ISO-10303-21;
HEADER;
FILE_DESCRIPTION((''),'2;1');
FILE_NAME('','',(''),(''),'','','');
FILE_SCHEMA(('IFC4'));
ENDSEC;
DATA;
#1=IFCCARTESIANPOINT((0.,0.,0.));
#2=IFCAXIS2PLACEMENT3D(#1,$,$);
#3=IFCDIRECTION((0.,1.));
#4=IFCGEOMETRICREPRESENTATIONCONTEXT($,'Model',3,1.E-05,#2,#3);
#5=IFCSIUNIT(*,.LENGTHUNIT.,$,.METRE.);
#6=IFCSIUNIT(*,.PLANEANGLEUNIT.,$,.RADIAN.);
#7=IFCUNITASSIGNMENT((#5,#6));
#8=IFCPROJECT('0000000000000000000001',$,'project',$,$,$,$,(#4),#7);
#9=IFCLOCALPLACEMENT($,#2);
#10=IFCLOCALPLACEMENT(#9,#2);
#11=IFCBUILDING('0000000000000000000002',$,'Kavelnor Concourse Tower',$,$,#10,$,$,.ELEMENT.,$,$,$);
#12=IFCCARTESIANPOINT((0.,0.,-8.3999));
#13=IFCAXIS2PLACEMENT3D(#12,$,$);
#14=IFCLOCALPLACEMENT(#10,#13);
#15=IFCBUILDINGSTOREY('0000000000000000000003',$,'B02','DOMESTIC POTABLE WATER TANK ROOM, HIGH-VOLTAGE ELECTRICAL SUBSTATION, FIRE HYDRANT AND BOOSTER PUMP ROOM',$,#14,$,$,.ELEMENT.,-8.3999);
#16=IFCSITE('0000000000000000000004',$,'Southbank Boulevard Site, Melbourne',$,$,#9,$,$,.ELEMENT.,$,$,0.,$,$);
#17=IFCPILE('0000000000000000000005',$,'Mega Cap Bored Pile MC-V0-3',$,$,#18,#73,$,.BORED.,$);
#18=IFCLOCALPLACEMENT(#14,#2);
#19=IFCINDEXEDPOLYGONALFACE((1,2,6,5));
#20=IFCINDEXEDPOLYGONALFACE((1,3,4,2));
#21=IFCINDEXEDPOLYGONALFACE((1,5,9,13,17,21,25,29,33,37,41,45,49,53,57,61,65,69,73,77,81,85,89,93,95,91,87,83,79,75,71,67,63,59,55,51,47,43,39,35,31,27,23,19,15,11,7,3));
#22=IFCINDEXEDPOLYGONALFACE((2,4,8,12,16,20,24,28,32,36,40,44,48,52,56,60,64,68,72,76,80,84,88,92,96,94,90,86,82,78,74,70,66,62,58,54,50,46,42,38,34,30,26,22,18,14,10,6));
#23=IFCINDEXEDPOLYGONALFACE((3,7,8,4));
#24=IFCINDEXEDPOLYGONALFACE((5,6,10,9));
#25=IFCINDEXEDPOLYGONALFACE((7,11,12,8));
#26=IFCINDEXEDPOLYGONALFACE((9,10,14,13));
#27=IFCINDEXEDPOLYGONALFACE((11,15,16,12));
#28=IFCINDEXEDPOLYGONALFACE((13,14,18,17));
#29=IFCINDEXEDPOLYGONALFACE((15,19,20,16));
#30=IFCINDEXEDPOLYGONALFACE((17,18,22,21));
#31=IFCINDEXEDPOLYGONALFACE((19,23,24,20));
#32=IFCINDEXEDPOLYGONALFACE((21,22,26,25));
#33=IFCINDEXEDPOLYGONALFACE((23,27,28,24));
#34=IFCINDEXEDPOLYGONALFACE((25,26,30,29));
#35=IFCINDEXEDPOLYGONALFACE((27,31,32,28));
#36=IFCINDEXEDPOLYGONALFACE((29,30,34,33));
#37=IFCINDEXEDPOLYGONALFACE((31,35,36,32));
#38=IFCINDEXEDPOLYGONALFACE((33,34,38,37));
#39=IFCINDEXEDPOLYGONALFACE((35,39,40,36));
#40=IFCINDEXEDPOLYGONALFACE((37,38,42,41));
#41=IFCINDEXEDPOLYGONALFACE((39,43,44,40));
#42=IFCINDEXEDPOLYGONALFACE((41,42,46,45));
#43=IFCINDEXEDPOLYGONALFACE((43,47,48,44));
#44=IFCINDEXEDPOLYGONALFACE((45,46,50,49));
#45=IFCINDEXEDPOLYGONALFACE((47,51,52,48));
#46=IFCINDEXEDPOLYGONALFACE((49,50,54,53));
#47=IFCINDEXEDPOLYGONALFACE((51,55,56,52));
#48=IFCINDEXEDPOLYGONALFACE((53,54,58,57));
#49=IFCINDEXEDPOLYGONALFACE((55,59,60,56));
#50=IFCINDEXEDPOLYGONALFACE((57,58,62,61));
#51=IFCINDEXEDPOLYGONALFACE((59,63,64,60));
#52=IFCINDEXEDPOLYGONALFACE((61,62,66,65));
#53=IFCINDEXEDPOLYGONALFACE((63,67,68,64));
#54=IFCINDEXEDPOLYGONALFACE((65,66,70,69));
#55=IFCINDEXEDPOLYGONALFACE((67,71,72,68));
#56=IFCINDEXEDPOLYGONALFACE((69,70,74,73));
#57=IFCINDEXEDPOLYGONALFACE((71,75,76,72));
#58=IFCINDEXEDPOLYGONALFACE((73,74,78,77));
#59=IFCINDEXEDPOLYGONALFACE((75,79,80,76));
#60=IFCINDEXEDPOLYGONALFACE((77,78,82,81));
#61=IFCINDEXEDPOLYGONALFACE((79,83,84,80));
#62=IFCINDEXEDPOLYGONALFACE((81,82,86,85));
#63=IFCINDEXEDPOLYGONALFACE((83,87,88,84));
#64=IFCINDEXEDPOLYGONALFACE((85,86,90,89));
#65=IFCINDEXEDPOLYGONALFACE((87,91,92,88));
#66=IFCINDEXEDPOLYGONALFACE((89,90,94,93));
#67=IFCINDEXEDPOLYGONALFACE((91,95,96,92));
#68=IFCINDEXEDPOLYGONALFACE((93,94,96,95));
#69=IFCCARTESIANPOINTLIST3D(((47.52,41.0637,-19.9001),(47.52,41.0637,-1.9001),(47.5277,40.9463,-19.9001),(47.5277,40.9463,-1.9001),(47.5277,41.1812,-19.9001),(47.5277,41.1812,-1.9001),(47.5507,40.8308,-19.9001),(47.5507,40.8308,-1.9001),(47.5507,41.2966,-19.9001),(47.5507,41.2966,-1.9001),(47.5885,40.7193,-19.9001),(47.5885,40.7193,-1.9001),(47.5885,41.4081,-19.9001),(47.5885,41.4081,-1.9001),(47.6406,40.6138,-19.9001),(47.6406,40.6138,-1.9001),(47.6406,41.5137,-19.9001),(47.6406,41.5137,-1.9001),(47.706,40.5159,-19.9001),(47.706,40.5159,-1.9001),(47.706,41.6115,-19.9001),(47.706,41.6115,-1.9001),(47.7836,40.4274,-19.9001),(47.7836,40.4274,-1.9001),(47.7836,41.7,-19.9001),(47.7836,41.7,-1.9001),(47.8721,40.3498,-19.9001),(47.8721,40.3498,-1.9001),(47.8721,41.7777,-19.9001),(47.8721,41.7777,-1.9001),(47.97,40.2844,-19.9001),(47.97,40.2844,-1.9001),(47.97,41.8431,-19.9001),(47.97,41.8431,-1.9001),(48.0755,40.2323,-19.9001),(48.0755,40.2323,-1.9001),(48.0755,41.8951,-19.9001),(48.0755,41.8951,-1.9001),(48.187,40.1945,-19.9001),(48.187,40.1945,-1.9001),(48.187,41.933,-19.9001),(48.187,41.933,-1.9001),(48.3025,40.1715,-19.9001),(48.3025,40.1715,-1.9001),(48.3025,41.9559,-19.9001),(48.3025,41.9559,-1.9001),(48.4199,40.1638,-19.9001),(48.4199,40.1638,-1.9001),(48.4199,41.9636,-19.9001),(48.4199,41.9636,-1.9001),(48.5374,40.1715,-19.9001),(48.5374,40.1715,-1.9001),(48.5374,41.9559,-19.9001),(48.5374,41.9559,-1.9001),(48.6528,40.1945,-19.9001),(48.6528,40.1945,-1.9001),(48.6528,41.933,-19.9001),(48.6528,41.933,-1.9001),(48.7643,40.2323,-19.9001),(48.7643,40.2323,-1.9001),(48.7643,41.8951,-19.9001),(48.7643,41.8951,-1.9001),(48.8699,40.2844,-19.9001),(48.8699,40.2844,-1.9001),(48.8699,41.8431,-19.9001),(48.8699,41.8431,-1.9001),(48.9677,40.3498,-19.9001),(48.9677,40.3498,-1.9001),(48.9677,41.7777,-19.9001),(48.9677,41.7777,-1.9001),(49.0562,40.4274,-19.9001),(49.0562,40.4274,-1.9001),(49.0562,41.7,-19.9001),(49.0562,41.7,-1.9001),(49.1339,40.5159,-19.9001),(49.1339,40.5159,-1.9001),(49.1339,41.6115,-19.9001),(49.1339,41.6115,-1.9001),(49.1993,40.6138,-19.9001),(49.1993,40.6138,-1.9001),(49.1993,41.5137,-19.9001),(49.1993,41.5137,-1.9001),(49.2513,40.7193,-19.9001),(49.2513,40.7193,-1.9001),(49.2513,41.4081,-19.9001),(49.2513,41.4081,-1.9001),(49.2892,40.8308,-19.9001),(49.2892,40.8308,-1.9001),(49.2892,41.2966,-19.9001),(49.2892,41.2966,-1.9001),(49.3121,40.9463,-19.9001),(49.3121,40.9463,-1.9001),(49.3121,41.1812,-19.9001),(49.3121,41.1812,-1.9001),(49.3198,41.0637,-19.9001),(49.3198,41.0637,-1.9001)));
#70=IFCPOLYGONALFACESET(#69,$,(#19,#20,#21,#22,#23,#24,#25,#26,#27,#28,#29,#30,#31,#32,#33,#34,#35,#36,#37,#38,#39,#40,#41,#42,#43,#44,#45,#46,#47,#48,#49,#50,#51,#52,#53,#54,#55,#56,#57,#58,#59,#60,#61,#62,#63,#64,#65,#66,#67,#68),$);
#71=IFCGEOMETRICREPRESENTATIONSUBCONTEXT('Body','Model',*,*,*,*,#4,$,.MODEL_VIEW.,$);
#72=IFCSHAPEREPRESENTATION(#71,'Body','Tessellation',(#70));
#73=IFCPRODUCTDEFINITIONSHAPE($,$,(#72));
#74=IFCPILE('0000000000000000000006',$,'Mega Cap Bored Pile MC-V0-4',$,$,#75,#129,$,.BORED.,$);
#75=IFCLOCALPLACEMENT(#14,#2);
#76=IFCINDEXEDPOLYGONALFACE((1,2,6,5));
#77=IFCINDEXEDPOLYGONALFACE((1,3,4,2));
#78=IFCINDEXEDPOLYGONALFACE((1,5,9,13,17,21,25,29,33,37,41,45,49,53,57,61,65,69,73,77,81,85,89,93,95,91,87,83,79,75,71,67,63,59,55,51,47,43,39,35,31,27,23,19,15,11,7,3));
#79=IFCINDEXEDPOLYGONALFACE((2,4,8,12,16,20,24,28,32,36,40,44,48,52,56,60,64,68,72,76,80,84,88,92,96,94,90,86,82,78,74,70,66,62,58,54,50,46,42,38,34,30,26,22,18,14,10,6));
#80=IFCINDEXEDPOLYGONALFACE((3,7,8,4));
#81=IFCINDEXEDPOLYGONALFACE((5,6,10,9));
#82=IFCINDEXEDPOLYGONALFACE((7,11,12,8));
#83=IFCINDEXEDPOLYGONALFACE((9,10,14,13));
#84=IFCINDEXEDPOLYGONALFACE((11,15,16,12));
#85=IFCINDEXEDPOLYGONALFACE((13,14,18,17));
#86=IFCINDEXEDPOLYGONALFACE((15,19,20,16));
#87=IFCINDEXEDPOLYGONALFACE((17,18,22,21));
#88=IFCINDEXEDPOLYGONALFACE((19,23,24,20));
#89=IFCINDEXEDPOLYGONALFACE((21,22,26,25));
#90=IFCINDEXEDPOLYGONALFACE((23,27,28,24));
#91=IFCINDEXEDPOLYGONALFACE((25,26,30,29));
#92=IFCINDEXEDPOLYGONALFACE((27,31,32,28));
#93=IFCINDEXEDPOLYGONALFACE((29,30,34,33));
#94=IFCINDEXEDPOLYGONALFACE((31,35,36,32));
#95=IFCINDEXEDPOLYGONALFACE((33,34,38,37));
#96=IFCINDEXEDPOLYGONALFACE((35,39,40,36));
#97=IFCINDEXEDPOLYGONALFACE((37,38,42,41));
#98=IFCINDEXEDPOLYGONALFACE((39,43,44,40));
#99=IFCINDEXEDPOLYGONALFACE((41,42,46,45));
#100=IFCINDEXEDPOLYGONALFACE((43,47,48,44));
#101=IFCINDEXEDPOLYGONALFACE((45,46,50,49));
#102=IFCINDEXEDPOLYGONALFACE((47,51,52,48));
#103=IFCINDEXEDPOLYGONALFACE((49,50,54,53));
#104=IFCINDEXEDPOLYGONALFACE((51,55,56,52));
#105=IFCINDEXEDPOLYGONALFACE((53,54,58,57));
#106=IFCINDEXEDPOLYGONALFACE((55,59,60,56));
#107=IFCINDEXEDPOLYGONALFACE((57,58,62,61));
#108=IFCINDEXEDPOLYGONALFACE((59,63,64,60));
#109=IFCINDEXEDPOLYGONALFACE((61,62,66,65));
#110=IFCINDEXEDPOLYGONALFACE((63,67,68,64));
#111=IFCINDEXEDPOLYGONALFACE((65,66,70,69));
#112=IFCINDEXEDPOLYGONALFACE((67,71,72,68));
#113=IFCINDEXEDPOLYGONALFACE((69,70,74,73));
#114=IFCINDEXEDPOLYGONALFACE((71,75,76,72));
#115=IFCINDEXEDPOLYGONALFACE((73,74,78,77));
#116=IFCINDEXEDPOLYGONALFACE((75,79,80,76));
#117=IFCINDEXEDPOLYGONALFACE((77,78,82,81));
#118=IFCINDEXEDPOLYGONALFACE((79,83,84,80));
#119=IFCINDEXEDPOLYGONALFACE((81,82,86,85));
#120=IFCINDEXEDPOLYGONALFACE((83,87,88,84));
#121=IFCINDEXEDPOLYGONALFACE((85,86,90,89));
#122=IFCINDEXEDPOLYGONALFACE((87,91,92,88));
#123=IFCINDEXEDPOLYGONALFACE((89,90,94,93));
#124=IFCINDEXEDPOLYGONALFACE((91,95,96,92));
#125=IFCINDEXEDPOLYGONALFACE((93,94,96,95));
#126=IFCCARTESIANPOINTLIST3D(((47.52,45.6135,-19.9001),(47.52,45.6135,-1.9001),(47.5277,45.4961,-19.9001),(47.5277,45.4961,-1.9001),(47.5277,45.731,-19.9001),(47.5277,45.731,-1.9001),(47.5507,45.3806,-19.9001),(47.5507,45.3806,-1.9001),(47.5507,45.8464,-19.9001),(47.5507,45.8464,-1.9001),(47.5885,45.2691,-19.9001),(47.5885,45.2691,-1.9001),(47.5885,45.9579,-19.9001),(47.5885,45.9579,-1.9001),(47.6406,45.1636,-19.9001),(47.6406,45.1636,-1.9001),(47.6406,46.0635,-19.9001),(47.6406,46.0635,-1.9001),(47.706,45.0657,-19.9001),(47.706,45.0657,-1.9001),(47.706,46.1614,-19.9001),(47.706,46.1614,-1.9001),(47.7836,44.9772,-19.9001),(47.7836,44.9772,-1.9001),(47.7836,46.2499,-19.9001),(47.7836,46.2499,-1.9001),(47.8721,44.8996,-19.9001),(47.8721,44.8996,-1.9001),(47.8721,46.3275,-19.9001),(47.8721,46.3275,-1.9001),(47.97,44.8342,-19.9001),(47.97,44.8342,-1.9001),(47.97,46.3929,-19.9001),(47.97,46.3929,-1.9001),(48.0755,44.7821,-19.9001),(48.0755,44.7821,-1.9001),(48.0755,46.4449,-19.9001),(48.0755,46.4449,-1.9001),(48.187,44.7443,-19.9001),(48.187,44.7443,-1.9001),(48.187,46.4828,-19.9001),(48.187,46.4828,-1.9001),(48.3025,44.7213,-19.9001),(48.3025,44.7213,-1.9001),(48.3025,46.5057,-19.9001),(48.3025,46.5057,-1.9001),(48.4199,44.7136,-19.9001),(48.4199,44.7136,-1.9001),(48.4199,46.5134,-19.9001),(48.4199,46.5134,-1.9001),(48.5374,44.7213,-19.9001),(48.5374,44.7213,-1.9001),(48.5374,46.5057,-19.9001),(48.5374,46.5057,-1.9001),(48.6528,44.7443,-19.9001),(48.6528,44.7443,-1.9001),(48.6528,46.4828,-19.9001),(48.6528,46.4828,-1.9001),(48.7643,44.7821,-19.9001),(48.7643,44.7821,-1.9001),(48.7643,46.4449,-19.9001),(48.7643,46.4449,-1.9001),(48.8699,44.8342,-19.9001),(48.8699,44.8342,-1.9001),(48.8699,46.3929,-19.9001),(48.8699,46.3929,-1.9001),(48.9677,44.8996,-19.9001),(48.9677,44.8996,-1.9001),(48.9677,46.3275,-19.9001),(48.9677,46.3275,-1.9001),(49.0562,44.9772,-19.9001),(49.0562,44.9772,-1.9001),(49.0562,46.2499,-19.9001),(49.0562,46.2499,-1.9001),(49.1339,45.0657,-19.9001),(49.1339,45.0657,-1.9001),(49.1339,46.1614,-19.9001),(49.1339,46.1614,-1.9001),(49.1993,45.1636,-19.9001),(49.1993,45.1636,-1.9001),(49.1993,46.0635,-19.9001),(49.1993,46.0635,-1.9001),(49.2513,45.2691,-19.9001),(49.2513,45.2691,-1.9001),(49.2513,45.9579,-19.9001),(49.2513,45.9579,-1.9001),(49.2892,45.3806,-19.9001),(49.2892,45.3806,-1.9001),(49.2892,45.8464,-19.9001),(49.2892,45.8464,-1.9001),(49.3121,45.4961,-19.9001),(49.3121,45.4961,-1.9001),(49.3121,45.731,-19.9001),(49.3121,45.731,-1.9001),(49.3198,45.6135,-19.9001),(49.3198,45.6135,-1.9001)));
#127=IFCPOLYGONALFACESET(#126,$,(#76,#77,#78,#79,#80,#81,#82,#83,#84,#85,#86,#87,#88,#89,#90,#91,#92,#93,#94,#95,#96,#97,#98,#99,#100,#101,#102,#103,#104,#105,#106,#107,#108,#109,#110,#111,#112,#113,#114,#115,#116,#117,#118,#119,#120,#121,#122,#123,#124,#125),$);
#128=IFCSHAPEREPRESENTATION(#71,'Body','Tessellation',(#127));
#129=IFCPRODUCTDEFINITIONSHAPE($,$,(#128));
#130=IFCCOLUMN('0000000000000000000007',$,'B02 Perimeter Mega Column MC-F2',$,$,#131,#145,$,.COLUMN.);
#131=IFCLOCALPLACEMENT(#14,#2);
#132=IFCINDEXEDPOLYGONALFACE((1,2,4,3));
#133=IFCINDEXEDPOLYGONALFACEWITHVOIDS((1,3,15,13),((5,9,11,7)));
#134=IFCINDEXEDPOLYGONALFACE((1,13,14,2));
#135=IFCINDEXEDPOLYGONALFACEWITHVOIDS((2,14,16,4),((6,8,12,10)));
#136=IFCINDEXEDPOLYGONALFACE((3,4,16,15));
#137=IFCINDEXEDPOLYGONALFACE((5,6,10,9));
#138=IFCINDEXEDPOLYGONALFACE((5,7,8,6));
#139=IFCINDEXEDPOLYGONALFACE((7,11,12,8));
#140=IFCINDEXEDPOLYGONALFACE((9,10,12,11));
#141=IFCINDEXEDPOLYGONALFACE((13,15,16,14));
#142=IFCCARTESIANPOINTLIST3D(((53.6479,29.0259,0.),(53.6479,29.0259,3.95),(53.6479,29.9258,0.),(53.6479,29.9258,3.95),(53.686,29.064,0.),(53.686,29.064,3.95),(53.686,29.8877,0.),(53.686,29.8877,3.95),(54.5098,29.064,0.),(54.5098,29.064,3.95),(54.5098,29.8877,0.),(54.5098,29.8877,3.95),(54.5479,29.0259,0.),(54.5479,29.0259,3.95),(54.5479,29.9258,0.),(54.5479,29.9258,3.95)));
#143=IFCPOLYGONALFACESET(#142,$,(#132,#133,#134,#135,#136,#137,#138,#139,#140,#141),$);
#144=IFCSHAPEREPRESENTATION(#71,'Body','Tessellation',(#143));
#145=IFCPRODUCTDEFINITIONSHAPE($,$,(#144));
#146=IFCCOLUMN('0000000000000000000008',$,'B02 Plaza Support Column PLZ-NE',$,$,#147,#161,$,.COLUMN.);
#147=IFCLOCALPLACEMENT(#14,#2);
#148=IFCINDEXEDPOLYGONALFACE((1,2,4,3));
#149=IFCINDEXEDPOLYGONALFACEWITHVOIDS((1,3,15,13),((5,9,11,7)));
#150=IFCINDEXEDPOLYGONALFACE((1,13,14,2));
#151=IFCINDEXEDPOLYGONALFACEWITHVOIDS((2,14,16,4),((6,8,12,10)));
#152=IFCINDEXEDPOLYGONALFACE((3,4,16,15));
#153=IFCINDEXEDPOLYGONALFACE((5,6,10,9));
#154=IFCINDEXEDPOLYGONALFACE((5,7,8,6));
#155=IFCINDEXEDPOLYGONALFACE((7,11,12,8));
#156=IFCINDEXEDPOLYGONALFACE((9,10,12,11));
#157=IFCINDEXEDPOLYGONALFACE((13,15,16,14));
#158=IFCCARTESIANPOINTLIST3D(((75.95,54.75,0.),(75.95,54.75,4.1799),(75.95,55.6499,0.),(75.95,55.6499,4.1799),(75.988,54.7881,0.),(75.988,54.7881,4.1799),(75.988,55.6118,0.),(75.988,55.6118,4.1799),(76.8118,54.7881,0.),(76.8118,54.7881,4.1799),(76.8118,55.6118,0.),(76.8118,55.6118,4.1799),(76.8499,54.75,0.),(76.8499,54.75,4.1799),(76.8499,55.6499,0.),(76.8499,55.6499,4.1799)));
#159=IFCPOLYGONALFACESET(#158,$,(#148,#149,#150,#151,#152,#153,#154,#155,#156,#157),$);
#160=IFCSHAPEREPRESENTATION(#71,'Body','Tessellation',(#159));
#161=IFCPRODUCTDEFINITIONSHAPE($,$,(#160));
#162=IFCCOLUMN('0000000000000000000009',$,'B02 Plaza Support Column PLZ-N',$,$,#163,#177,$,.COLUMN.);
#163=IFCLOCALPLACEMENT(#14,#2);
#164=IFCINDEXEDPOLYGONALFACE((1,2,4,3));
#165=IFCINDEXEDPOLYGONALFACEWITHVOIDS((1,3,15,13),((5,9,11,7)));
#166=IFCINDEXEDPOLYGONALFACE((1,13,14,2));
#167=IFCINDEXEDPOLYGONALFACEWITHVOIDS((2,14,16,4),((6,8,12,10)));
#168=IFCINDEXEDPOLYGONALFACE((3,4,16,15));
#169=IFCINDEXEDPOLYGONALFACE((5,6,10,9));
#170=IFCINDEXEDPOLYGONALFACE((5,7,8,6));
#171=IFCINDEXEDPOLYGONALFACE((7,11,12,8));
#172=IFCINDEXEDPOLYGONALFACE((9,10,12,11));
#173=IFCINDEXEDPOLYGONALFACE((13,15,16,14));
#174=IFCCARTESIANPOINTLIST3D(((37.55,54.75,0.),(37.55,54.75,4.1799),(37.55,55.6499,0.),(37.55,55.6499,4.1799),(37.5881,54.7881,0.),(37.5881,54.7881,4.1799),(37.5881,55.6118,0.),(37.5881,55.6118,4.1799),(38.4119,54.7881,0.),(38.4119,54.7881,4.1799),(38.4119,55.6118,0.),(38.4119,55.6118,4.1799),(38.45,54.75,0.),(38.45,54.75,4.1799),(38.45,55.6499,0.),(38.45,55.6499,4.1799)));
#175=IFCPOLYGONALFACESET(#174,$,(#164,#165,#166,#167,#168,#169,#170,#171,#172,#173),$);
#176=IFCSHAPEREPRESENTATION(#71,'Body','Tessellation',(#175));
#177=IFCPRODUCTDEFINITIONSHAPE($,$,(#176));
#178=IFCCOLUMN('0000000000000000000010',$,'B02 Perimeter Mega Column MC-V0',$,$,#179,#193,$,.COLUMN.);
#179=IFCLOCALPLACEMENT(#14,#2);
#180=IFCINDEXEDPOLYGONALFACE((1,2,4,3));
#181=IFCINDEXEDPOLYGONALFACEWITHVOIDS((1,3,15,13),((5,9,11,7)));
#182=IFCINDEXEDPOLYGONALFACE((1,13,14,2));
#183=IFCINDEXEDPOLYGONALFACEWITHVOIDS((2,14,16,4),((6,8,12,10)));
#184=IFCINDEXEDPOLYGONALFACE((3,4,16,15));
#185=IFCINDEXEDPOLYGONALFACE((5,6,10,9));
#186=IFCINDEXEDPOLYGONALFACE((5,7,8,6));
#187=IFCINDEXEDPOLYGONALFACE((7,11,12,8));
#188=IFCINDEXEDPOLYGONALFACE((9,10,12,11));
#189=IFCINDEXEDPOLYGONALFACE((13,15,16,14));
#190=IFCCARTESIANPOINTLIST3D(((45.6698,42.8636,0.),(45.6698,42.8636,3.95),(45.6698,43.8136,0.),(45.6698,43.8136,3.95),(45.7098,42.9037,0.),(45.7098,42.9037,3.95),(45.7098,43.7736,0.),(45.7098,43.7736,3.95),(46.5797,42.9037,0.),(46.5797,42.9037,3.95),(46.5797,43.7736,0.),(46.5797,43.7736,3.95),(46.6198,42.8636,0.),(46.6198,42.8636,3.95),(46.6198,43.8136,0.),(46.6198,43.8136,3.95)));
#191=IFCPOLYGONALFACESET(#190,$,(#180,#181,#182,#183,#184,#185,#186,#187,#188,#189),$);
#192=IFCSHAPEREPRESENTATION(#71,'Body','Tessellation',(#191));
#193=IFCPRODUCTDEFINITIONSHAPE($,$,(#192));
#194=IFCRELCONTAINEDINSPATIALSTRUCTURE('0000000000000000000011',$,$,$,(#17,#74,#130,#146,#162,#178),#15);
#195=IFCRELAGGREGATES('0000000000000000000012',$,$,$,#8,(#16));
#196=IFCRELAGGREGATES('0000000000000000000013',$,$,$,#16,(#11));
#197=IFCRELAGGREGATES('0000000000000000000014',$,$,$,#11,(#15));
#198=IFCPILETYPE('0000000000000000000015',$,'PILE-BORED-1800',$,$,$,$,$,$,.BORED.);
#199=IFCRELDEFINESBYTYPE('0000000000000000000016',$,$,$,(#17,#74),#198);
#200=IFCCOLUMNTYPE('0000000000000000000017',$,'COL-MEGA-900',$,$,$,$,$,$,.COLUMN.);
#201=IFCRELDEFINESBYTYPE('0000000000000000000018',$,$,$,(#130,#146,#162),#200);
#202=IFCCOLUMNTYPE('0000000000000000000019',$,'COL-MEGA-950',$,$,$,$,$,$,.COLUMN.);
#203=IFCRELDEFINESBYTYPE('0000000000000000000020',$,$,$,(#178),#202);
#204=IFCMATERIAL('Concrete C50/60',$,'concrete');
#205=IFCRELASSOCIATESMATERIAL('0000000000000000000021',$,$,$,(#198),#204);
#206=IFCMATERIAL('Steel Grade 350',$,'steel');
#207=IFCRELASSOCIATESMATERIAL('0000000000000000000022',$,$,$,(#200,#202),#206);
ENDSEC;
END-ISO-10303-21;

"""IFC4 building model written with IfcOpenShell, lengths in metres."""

from ifc_helpers import new_model, si_unit, direction, frame, origin, origin_2d, place, context, subcontext, project, spatial, hollow_rectangle, circle, extrude, material, material_profile, profile_set, type_object, element, save


model = new_model("IFC4")

# Units and contexts
model_context = context("Model", 3, precision=1e-05, world=origin(), true_north=direction((0.0, 1.0)))
body_context = subcontext(model_context, "Body", "Model", "MODEL_VIEW")
ifc_project = project(units=[si_unit("LENGTHUNIT", "METRE"), si_unit("PLANEANGLEUNIT", "RADIAN")], contexts=[model_context])

# Site, building, storey
site_placement = place(None, origin())
site = spatial("IfcSite", under=ifc_project, at=site_placement, Name="Southbank Boulevard Site, Melbourne", CompositionType="ELEMENT", RefElevation=0.0)
building_placement = place(site_placement, origin())
building = spatial("IfcBuilding", under=site, at=building_placement, Name="Kavelnor Concourse Tower", CompositionType="ELEMENT")
storey_placement = place(building_placement, frame((0.0, 0.0, -8.3999)))
storey = spatial("IfcBuildingStorey", under=building, at=storey_placement, Name="B02", Description="DOMESTIC POTABLE WATER TANK ROOM, HIGH-VOLTAGE ELECTRICAL SUBSTATION, FIRE HYDRANT AND BOOSTER PUMP ROOM", CompositionType="ELEMENT", Elevation=-8.3999)

# Shared definitions
ifc_material_1 = material(Name="Concrete C50/60", Category="concrete")

# Piles
ifc_material_profile_1 = material_profile(ifc_material_1, circle(Radius=0.8999, at=origin_2d()), Name="PILE-D1800")
ifc_profile_set_1 = profile_set([ifc_material_profile_1], Name="Concrete C50/60")
pile_type_1 = type_object("IfcPileType", Name="PILE-BORED-1800", PredefinedType="BORED", material=ifc_profile_set_1)
for number, where, z_axis, x_axis, name in (
    (1, (48.4199, 41.0637, -1.9001), (0.0, 0.0, -1.0), (1.0, 0.0, 0.0), "Mega Cap Bored Pile MC-V0-3"),
    (2, (48.4199, 45.6135, -1.9001), (0.0, 0.0, -1.0), (1.0, 0.0, 0.0), "Mega Cap Bored Pile MC-V0-4"),
):
    element("IfcPile", number, at=place(storey_placement, frame(where, z_axis=z_axis, x_axis=x_axis)), inside=storey, type_object=pile_type_1, Name=name, PredefinedType="BORED", context=body_context, shape_type="SweptSolid", body=[
        extrude(circle(Radius=0.8999, at=origin_2d()), origin(), (0.0, 0.0, 1.0), 18.0),
    ])

# Columns
ifc_material_2 = material(Name="Steel Grade 350", Category="steel")
ifc_material_profile_2 = material_profile(ifc_material_2, hollow_rectangle(XDim=0.8999, YDim=0.8999, WallThickness=0.0381, at=origin_2d()), Name="SHS 900x900x38")
ifc_profile_set_2 = profile_set([ifc_material_profile_2], Name="Steel Grade 350")
column_type_1 = type_object("IfcColumnType", Name="COL-MEGA-900", PredefinedType="COLUMN", material=ifc_profile_set_2)
column_1_placement = place(storey_placement, frame((54.0979, 29.4758, 0.0), z_axis=(0.0, 0.0, 1.0), x_axis=(1.0, 0.0, 0.0)))
element("IfcColumn", 3, at=column_1_placement, inside=storey, type_object=column_type_1, Name="B02 Perimeter Mega Column MC-F2", PredefinedType="COLUMN", context=body_context, shape_type="SweptSolid", body=[
    extrude(hollow_rectangle(XDim=0.8999, YDim=0.8999, WallThickness=0.0381, at=origin_2d()), origin(), (0.0, 0.0, 1.0), 3.95),
])
for number, where, z_axis, x_axis, name in (
    (4, (76.3999, 55.2, 0.0), (0.0, 0.0, 1.0), (1.0, 0.0, 0.0), "B02 Plaza Support Column PLZ-NE"),
    (5, (38.0, 55.2, 0.0), (0.0, 0.0, 1.0), (1.0, 0.0, 0.0), "B02 Plaza Support Column PLZ-N"),
):
    element("IfcColumn", number, at=place(storey_placement, frame(where, z_axis=z_axis, x_axis=x_axis)), inside=storey, type_object=column_type_1, Name=name, PredefinedType="COLUMN", context=body_context, shape_type="SweptSolid", body=[
        extrude(hollow_rectangle(XDim=0.8999, YDim=0.8999, WallThickness=0.0381, at=origin_2d()), origin(), (0.0, 0.0, 1.0), 4.1799),
    ])
ifc_material_profile_3 = material_profile(ifc_material_2, hollow_rectangle(XDim=0.95, YDim=0.95, WallThickness=0.04, at=origin_2d()), Name="SHS 950x950x40")
ifc_profile_set_3 = profile_set([ifc_material_profile_3], Name="Steel Grade 350")
column_type_2 = type_object("IfcColumnType", Name="COL-MEGA-950", PredefinedType="COLUMN", material=ifc_profile_set_3)
column_2_placement = place(storey_placement, frame((46.1448, 43.3386, 0.0), z_axis=(0.0, 0.0, 1.0), x_axis=(1.0, 0.0, 0.0)))
element("IfcColumn", 6, at=column_2_placement, inside=storey, type_object=column_type_2, Name="B02 Perimeter Mega Column MC-V0", PredefinedType="COLUMN", context=body_context, shape_type="SweptSolid", body=[
    extrude(hollow_rectangle(XDim=0.95, YDim=0.95, WallThickness=0.04, at=origin_2d()), origin(), (0.0, 0.0, 1.0), 3.95),
])

save(model, "model.ifc")
